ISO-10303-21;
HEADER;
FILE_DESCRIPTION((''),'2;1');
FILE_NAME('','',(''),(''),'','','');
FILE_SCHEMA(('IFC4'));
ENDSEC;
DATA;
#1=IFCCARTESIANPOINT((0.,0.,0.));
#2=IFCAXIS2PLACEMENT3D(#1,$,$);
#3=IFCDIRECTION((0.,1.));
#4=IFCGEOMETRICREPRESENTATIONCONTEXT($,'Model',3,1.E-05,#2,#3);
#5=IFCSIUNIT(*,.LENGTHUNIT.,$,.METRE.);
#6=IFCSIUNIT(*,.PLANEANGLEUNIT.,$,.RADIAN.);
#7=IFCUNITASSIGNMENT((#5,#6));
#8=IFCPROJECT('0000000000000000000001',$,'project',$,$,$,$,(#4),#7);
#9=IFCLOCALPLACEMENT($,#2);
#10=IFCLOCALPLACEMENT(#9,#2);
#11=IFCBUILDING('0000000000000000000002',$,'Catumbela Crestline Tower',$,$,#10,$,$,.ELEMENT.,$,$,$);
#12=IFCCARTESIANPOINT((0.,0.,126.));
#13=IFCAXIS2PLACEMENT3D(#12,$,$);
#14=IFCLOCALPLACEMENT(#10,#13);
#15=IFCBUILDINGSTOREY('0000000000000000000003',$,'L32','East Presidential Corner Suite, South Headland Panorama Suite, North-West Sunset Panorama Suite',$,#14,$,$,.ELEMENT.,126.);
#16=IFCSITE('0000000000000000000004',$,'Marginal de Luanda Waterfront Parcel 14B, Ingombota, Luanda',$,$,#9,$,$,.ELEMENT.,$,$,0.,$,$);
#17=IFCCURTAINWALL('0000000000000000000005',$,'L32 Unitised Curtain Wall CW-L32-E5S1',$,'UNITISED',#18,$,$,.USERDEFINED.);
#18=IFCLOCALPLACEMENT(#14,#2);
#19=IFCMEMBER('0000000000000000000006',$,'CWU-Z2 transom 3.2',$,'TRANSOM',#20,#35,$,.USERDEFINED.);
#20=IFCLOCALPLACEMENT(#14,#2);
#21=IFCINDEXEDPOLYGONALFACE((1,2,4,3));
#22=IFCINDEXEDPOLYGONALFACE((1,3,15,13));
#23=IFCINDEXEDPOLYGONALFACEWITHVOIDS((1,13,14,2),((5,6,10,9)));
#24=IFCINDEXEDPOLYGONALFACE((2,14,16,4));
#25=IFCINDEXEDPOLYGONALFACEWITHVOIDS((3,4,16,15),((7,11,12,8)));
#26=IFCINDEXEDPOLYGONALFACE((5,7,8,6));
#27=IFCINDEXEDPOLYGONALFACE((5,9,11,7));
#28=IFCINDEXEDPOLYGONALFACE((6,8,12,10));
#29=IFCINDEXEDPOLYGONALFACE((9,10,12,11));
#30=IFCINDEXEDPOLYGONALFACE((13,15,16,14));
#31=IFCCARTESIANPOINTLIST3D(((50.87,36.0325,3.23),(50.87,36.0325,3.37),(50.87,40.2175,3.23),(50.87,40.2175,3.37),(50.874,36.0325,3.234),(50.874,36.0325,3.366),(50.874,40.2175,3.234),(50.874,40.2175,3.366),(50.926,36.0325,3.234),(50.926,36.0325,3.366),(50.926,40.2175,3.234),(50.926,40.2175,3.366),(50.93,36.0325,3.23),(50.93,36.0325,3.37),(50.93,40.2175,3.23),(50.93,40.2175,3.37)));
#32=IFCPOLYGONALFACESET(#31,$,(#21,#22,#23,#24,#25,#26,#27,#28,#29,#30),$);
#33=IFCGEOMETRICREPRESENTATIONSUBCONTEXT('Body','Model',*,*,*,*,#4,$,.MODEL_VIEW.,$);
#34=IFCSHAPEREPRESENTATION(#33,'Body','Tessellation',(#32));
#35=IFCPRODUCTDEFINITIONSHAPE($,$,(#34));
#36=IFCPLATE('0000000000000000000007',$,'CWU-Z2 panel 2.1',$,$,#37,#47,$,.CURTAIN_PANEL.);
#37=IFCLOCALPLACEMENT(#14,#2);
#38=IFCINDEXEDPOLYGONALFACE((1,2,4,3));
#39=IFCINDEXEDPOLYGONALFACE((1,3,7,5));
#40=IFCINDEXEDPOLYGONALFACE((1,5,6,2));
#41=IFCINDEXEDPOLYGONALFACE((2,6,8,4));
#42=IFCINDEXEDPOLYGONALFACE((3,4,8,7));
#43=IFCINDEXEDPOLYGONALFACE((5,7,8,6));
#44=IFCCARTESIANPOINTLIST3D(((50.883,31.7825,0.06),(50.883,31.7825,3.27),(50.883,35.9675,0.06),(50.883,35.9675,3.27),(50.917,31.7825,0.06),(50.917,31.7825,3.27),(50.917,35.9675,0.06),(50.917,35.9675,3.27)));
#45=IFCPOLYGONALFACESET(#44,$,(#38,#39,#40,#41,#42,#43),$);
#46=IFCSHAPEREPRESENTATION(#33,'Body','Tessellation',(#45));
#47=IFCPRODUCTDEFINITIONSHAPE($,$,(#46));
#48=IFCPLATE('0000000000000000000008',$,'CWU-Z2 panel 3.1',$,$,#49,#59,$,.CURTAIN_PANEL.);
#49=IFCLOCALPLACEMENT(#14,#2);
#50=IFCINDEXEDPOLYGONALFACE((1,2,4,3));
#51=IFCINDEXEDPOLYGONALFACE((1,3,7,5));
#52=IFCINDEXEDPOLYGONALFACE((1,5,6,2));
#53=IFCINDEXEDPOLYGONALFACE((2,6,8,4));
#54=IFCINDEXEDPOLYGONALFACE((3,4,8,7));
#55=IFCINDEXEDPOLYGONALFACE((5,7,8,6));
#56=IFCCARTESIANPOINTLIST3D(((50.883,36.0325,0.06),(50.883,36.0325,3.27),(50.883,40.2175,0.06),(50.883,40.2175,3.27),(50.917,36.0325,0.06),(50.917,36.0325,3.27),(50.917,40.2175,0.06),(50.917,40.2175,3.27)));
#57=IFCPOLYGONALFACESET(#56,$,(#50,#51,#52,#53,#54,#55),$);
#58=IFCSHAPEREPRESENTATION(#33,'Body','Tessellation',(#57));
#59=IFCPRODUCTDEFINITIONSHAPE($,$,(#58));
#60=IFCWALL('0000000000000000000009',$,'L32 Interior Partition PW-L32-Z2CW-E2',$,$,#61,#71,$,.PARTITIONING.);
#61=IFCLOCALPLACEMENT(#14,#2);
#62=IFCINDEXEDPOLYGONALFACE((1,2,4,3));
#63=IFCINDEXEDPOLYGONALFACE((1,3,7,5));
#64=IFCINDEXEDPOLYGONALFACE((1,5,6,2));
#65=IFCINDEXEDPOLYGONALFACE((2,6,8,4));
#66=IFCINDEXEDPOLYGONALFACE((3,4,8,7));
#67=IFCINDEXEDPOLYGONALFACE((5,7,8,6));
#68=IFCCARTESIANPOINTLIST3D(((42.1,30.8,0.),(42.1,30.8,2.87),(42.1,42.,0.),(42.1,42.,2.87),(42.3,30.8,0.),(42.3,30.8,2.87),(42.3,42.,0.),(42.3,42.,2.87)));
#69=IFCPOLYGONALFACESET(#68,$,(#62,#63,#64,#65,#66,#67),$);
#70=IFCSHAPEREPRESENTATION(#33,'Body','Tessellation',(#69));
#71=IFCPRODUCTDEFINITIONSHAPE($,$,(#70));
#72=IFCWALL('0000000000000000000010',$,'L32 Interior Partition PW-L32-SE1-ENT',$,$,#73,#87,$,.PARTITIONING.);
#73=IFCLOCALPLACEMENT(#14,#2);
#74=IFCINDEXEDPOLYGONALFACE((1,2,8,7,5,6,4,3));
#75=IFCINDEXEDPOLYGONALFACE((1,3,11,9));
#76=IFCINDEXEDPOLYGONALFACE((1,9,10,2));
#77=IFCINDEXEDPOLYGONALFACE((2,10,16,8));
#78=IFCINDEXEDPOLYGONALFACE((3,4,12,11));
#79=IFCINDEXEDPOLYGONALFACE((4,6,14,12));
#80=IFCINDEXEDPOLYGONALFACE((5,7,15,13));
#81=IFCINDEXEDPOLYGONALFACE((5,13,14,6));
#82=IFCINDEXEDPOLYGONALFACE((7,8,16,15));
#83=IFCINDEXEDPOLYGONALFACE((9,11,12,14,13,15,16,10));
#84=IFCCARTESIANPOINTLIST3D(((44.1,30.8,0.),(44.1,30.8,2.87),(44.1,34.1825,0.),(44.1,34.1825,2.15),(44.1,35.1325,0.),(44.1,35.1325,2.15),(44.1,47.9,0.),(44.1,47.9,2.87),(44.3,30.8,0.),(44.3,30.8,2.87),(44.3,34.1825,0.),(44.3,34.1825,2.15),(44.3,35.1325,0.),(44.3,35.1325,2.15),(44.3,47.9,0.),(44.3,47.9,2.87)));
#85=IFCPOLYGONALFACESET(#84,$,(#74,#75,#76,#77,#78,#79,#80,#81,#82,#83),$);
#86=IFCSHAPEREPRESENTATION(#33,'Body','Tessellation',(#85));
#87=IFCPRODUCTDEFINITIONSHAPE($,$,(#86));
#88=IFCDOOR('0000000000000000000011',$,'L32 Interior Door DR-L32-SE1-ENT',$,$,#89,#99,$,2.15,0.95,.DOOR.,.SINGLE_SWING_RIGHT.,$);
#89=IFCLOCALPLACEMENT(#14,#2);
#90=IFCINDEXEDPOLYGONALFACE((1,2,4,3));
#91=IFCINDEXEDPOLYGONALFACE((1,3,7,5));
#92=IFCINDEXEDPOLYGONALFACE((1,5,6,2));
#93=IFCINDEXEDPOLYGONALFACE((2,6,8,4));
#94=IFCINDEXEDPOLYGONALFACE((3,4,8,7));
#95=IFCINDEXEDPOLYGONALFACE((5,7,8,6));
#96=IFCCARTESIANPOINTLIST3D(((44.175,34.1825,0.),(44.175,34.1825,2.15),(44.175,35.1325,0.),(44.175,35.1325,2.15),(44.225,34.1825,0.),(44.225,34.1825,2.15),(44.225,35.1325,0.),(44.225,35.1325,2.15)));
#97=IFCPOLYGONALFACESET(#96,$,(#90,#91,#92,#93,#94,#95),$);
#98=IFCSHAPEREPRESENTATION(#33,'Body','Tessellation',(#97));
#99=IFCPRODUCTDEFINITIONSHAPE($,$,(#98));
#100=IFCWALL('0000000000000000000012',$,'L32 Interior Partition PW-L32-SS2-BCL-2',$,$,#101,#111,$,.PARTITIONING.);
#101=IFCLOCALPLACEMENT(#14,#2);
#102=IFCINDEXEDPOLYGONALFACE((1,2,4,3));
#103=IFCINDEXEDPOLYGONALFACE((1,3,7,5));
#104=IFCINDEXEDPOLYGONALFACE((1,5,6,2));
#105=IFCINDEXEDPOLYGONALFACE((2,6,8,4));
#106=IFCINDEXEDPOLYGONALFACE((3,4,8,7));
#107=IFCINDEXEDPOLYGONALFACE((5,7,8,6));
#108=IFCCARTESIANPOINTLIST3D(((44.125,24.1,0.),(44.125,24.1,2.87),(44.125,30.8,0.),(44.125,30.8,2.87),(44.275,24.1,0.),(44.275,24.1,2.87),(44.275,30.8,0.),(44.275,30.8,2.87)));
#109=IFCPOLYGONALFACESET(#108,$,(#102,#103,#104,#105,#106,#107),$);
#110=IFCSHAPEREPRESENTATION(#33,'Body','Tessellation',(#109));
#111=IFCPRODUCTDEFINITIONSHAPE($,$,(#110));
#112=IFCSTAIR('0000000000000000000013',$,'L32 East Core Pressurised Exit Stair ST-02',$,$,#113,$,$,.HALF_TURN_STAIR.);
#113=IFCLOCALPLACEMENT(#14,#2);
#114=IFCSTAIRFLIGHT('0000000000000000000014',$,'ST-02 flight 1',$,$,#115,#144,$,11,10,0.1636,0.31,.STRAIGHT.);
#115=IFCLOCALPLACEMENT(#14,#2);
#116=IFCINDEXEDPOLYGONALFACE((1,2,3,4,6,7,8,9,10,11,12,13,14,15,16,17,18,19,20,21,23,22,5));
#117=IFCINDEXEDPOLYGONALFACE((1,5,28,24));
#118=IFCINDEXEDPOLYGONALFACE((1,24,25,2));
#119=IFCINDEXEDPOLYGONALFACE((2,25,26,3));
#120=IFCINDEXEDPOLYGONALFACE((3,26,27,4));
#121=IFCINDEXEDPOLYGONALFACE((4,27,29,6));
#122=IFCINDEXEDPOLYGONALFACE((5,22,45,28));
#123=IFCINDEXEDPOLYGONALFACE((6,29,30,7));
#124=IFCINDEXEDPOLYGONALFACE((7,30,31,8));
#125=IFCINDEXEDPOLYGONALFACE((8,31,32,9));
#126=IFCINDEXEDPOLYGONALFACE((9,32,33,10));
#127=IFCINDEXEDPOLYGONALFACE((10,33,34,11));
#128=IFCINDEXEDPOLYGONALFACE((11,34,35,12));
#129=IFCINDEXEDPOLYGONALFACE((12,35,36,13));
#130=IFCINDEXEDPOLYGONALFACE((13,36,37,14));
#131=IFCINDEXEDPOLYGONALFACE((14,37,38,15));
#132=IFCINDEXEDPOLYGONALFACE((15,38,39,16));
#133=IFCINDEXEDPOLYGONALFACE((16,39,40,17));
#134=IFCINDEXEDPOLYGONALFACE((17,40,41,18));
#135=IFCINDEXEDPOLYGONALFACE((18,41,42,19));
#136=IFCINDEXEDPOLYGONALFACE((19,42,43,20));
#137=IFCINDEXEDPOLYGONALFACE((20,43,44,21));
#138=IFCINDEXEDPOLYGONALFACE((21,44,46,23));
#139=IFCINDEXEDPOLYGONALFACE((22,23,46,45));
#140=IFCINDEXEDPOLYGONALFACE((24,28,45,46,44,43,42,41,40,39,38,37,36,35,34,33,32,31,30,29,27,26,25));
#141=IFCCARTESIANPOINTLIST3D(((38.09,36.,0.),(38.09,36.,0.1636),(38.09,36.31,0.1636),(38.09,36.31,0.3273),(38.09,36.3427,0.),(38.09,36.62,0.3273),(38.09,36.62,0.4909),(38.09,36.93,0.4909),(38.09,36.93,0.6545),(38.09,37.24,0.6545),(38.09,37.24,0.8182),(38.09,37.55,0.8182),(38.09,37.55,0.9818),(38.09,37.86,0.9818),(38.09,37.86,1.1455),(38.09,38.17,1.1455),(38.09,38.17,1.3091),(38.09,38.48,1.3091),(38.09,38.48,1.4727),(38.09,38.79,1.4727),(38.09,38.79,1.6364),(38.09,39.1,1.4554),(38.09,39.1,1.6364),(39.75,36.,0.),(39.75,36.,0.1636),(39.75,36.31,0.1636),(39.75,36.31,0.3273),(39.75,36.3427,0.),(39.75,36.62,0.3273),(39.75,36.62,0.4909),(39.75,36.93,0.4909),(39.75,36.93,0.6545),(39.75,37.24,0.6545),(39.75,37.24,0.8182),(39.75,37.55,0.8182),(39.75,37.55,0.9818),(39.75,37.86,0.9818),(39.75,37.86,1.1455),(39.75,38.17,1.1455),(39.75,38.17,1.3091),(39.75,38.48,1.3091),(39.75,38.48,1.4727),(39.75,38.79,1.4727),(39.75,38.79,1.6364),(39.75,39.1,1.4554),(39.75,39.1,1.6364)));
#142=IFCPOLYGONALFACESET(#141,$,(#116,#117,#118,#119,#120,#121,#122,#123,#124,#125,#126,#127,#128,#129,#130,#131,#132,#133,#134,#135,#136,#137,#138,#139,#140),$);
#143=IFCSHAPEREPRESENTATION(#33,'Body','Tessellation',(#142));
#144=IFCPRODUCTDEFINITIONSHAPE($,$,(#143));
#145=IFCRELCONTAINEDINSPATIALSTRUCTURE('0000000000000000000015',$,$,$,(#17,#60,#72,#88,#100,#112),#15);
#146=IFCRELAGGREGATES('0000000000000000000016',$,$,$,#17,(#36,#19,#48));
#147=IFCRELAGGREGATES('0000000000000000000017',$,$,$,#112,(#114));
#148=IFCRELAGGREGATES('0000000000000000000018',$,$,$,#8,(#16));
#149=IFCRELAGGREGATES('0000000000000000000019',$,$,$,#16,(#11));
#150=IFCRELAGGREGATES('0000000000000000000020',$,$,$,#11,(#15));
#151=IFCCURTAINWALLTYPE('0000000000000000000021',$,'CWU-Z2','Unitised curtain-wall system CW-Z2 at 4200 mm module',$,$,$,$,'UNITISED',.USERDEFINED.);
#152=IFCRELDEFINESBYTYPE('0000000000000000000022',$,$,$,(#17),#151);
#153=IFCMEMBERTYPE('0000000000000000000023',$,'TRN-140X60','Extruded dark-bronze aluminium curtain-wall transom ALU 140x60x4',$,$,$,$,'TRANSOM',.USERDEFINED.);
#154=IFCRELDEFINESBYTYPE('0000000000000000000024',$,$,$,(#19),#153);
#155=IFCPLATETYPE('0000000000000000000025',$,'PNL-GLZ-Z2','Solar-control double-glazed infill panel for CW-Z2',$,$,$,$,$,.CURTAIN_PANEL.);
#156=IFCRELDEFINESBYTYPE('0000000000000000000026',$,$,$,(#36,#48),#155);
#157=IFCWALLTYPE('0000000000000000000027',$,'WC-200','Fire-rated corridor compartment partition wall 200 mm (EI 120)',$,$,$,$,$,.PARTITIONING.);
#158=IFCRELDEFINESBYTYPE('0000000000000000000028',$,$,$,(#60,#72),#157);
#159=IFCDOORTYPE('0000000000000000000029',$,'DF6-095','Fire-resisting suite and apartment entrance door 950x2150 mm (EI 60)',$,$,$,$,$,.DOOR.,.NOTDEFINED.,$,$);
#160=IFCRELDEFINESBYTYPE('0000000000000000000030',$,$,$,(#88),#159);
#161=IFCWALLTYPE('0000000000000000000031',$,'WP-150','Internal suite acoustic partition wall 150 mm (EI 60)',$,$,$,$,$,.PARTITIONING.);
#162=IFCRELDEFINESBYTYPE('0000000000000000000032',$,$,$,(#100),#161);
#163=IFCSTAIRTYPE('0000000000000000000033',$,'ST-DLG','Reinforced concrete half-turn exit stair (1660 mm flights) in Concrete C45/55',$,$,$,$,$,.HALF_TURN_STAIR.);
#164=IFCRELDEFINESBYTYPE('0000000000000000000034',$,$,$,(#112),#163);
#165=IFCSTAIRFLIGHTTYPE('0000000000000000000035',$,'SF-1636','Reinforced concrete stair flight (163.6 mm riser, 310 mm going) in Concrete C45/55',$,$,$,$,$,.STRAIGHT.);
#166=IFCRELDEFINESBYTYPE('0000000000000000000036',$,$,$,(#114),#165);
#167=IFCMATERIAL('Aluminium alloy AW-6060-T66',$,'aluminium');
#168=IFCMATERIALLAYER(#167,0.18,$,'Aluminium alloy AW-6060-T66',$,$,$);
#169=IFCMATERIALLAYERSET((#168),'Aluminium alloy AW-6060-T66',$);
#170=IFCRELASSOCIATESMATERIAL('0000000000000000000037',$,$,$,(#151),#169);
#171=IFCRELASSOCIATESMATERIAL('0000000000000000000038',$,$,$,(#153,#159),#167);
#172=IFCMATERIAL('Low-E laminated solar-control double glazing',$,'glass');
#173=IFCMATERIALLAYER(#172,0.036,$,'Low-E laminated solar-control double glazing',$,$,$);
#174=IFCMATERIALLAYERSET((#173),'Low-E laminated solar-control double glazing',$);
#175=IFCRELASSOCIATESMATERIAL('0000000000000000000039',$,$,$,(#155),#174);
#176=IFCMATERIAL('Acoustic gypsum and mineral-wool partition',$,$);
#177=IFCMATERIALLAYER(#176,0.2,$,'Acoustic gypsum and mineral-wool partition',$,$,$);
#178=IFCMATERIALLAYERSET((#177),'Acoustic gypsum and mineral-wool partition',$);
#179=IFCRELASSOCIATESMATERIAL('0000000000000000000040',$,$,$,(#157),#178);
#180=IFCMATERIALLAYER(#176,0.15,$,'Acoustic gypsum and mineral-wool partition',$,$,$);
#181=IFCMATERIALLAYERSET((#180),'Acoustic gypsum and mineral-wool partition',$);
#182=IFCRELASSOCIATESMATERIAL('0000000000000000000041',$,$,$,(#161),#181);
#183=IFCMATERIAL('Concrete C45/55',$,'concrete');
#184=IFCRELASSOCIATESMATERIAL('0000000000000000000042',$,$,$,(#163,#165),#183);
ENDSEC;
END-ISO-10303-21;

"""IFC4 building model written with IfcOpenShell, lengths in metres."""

from ifc_helpers import new_model, si_unit, direction, frame, frame_2d, origin, origin_2d, place, context, subcontext, project, spatial, polyline, rectangle, hollow_rectangle, outline, extrude, material, layer, layer_set, material_profile, profile_set, type_object, element, fill, aggregate, save


model = new_model("IFC4")

# Units and contexts
model_context = context("Model", 3, precision=1e-05, world=origin(), true_north=direction((0.0, 1.0)))
body_context = subcontext(model_context, "Body", "Model", "MODEL_VIEW")
ifc_project = project(units=[si_unit("LENGTHUNIT", "METRE"), si_unit("PLANEANGLEUNIT", "RADIAN")], contexts=[model_context])

# Site, building, storey
site_placement = place(None, origin())
site = spatial("IfcSite", under=ifc_project, at=site_placement, Name="Marginal de Luanda Waterfront Parcel 14B, Ingombota, Luanda", CompositionType="ELEMENT", RefElevation=0.0)
building_placement = place(site_placement, origin())
building = spatial("IfcBuilding", under=site, at=building_placement, Name="Catumbela Crestline Tower", CompositionType="ELEMENT")
storey_placement = place(building_placement, frame((0.0, 0.0, 126.0)))
storey = spatial("IfcBuildingStorey", under=building, at=storey_placement, Name="L32", Description="East Presidential Corner Suite, South Headland Panorama Suite, North-West Sunset Panorama Suite", CompositionType="ELEMENT", Elevation=126.0)

# Curtain wall
ifc_material_1 = material(Name="Aluminium alloy AW-6060-T66", Category="aluminium")
ifc_layer_1 = layer(ifc_material_1, 0.18, Name="Aluminium alloy AW-6060-T66")
ifc_layer_set_1 = layer_set([ifc_layer_1], Name="Aluminium alloy AW-6060-T66")
curtain_wall_type = type_object("IfcCurtainWallType", Name="CWU-Z2", Description="Unitised curtain-wall system CW-Z2 at 4200 mm module", ElementType="UNITISED", PredefinedType="USERDEFINED", material=ifc_layer_set_1)
curtain_wall_placement = place(storey_placement, origin())
curtain_wall = element("IfcCurtainWall", 1, at=curtain_wall_placement, inside=storey, type_object=curtain_wall_type, Name="L32 Unitised Curtain Wall CW-L32-E5S1", ObjectType="UNITISED", PredefinedType="USERDEFINED")

# Member
ifc_material_profile_1 = material_profile(ifc_material_1, hollow_rectangle(XDim=0.06, YDim=0.14, WallThickness=0.004, at=origin_2d()), Name="ALU 140x60x4")
ifc_profile_set_1 = profile_set([ifc_material_profile_1], Name="Aluminium alloy AW-6060-T66")
member_type_1 = type_object("IfcMemberType", Name="TRN-140X60", Description="Extruded dark-bronze aluminium curtain-wall transom ALU 140x60x4", ElementType="TRANSOM", PredefinedType="USERDEFINED", material=ifc_profile_set_1)
member_1_placement = place(storey_placement, frame((50.9, 36.0325, 3.3), z_axis=(0.0, 1.0, 0.0), x_axis=(-1.0, 0.0, 0.0)))
member_1 = element("IfcMember", 2, at=member_1_placement, type_object=member_type_1, Name="CWU-Z2 transom 3.2", ObjectType="TRANSOM", PredefinedType="USERDEFINED", context=body_context, shape_type="SweptSolid", body=[
    extrude(hollow_rectangle(XDim=0.06, YDim=0.14, WallThickness=0.004, at=origin_2d()), origin(), (0.0, 0.0, 1.0), 4.185),
])

# Plates
ifc_material_2 = material(Name="Low-E laminated solar-control double glazing", Category="glass")
ifc_layer_2 = layer(ifc_material_2, 0.036, Name="Low-E laminated solar-control double glazing")
ifc_layer_set_2 = layer_set([ifc_layer_2], Name="Low-E laminated solar-control double glazing")
plate_type = type_object("IfcPlateType", Name="PNL-GLZ-Z2", Description="Solar-control double-glazed infill panel for CW-Z2", PredefinedType="CURTAIN_PANEL", material=ifc_layer_set_2)
plate_1_placement = place(storey_placement, frame((50.9, 33.875, 0.06), z_axis=(0.0, 0.0, 1.0), x_axis=(0.0, 1.0, 0.0)))
plate_1 = element("IfcPlate", 3, at=plate_1_placement, type_object=plate_type, Name="CWU-Z2 panel 2.1", PredefinedType="CURTAIN_PANEL", context=body_context, shape_type="SweptSolid", body=[
    extrude(rectangle(XDim=4.185, YDim=0.034, at=origin_2d()), origin(), (0.0, 0.0, 1.0), 3.21),
])
plate_2_placement = place(storey_placement, frame((50.9, 38.125, 0.06), z_axis=(0.0, 0.0, 1.0), x_axis=(0.0, 1.0, 0.0)))
plate_2 = element("IfcPlate", 4, at=plate_2_placement, type_object=plate_type, Name="CWU-Z2 panel 3.1", PredefinedType="CURTAIN_PANEL", context=body_context, shape_type="SweptSolid", body=[
    extrude(rectangle(XDim=4.185, YDim=0.034, at=origin_2d()), origin(), (0.0, 0.0, 1.0), 3.21),
])
aggregate(curtain_wall, [plate_1, member_1, plate_2])

# Wall
ifc_material_3 = material(Name="Acoustic gypsum and mineral-wool partition")
ifc_layer_3 = layer(ifc_material_3, 0.2, Name="Acoustic gypsum and mineral-wool partition")
ifc_layer_set_3 = layer_set([ifc_layer_3], Name="Acoustic gypsum and mineral-wool partition")
wall_type_1 = type_object("IfcWallType", Name="WC-200", Description="Fire-rated corridor compartment partition wall 200 mm (EI 120)", PredefinedType="PARTITIONING", material=ifc_layer_set_3)
wall_1_placement = place(storey_placement, frame((42.2, 30.8, 0.0), z_axis=(0.0, 0.0, 1.0), x_axis=(0.0, 1.0, 0.0)))
element("IfcWall", 5, at=wall_1_placement, inside=storey, type_object=wall_type_1, Name="L32 Interior Partition PW-L32-Z2CW-E2", PredefinedType="PARTITIONING", context=body_context, shape_type="SweptSolid", body=[
    extrude(rectangle(XDim=11.2, YDim=0.2, at=frame_2d((5.6, 0.0))), origin(), (0.0, 0.0, 1.0), 2.87),
])

# Wall, opening, door
wall_2_placement = place(storey_placement, frame((44.2, 30.8, 0.0), z_axis=(0.0, 0.0, 1.0), x_axis=(0.0, 1.0, 0.0)))
wall_2 = element("IfcWall", 6, at=wall_2_placement, inside=storey, type_object=wall_type_1, Name="L32 Interior Partition PW-L32-SE1-ENT", PredefinedType="PARTITIONING", context=body_context, shape_type="SweptSolid", body=[
    extrude(rectangle(XDim=17.1, YDim=0.2, at=frame_2d((8.55, 0.0))), origin(), (0.0, 0.0, 1.0), 2.87),
])
opening_placement = place(wall_2_placement, frame((3.3825, 0.0, 0.0)))
opening = element("IfcOpeningElement", 7, at=opening_placement, cuts=wall_2, PredefinedType="OPENING", context=body_context, shape_type="SweptSolid", body=[
    extrude(rectangle(XDim=0.95, YDim=2.15, at=frame_2d((0.475, 1.075))), frame((0.0, 0.11, 0.0), z_axis=(0.0, -1.0, 0.0), x_axis=(1.0, 0.0, 0.0)), (0.0, 0.0, 1.0), 0.22),
])
door_type = type_object("IfcDoorType", Name="DF6-095", Description="Fire-resisting suite and apartment entrance door 950x2150 mm (EI 60)", OperationType="NOTDEFINED", PredefinedType="DOOR", material=ifc_material_1)
door_placement = place(opening_placement, origin())
door = element("IfcDoor", 8, at=door_placement, inside=storey, type_object=door_type, Name="L32 Interior Door DR-L32-SE1-ENT", OperationType="SINGLE_SWING_RIGHT", OverallHeight=2.15, OverallWidth=0.95, PredefinedType="DOOR", context=body_context, shape_type="SweptSolid", body=[
    extrude(rectangle(XDim=0.95, YDim=2.15, at=frame_2d((0.475, 1.075))), frame((0.0, 0.025, 0.0), z_axis=(0.0, -1.0, 0.0), x_axis=(1.0, 0.0, 0.0)), (0.0, 0.0, 1.0), 0.05),
])
fill(opening, door)

# Wall
ifc_layer_4 = layer(ifc_material_3, 0.15, Name="Acoustic gypsum and mineral-wool partition")
ifc_layer_set_4 = layer_set([ifc_layer_4], Name="Acoustic gypsum and mineral-wool partition")
wall_type_2 = type_object("IfcWallType", Name="WP-150", Description="Internal suite acoustic partition wall 150 mm (EI 60)", PredefinedType="PARTITIONING", material=ifc_layer_set_4)
wall_3_placement = place(storey_placement, frame((44.2, 30.8, 0.0), z_axis=(0.0, 0.0, 1.0), x_axis=(0.0, -1.0, 0.0)))
element("IfcWall", 9, at=wall_3_placement, inside=storey, type_object=wall_type_2, Name="L32 Interior Partition PW-L32-SS2-BCL-2", PredefinedType="PARTITIONING", context=body_context, shape_type="SweptSolid", body=[
    extrude(rectangle(XDim=6.7, YDim=0.15, at=frame_2d((3.35, 0.0))), origin(), (0.0, 0.0, 1.0), 2.87),
])

# Stair, stair flight
ifc_material_4 = material(Name="Concrete C45/55", Category="concrete")
stair_type = type_object("IfcStairType", Name="ST-DLG", Description="Reinforced concrete half-turn exit stair (1660 mm flights) in Concrete C45/55", PredefinedType="HALF_TURN_STAIR", material=ifc_material_4)
stair_placement = place(storey_placement, origin())
stair = element("IfcStair", 10, at=stair_placement, inside=storey, type_object=stair_type, Name="L32 East Core Pressurised Exit Stair ST-02", PredefinedType="HALF_TURN_STAIR")
stair_flight_type = type_object("IfcStairFlightType", Name="SF-1636", Description="Reinforced concrete stair flight (163.6 mm riser, 310 mm going) in Concrete C45/55", PredefinedType="STRAIGHT", material=ifc_material_4)
stair_flight_placement = place(storey_placement, frame((38.92, 36.0, 0.0), z_axis=(0.0, 0.0, 1.0), x_axis=(0.0, 1.0, 0.0)))
stair_flight = element("IfcStairFlight", 11, at=stair_flight_placement, type_object=stair_flight_type, Name="ST-02 flight 1", NumberOfRisers=11, NumberOfTreads=10, PredefinedType="STRAIGHT", RiserHeight=0.1636, TreadLength=0.31, context=body_context, shape_type="SweptSolid", body=[
    extrude(outline(polyline([(0.0, 0.0), (0.0, 0.1636), (0.31, 0.1636), (0.31, 0.3273), (0.62, 0.3273), (0.62, 0.4909), (0.93, 0.4909), (0.93, 0.6545), (1.24, 0.6545), (1.24, 0.8182), (1.55, 0.8182), (1.55, 0.9818), (1.86, 0.9818), (1.86, 1.1455), (2.17, 1.1455), (2.17, 1.3091), (2.48, 1.3091), (2.48, 1.4727), (2.79, 1.4727), (2.79, 1.6364), (3.1, 1.6364), (3.1, 1.8), (3.1, 1.4554), (0.3427, 0.0), (0.0, 0.0)])), frame((0.0, 0.83, 0.0), z_axis=(0.0, -1.0, 0.0), x_axis=(1.0, 0.0, 0.0)), (0.0, 0.0, 1.0), 1.66),
])
aggregate(stair, [stair_flight])

save(model, "model.ifc")
